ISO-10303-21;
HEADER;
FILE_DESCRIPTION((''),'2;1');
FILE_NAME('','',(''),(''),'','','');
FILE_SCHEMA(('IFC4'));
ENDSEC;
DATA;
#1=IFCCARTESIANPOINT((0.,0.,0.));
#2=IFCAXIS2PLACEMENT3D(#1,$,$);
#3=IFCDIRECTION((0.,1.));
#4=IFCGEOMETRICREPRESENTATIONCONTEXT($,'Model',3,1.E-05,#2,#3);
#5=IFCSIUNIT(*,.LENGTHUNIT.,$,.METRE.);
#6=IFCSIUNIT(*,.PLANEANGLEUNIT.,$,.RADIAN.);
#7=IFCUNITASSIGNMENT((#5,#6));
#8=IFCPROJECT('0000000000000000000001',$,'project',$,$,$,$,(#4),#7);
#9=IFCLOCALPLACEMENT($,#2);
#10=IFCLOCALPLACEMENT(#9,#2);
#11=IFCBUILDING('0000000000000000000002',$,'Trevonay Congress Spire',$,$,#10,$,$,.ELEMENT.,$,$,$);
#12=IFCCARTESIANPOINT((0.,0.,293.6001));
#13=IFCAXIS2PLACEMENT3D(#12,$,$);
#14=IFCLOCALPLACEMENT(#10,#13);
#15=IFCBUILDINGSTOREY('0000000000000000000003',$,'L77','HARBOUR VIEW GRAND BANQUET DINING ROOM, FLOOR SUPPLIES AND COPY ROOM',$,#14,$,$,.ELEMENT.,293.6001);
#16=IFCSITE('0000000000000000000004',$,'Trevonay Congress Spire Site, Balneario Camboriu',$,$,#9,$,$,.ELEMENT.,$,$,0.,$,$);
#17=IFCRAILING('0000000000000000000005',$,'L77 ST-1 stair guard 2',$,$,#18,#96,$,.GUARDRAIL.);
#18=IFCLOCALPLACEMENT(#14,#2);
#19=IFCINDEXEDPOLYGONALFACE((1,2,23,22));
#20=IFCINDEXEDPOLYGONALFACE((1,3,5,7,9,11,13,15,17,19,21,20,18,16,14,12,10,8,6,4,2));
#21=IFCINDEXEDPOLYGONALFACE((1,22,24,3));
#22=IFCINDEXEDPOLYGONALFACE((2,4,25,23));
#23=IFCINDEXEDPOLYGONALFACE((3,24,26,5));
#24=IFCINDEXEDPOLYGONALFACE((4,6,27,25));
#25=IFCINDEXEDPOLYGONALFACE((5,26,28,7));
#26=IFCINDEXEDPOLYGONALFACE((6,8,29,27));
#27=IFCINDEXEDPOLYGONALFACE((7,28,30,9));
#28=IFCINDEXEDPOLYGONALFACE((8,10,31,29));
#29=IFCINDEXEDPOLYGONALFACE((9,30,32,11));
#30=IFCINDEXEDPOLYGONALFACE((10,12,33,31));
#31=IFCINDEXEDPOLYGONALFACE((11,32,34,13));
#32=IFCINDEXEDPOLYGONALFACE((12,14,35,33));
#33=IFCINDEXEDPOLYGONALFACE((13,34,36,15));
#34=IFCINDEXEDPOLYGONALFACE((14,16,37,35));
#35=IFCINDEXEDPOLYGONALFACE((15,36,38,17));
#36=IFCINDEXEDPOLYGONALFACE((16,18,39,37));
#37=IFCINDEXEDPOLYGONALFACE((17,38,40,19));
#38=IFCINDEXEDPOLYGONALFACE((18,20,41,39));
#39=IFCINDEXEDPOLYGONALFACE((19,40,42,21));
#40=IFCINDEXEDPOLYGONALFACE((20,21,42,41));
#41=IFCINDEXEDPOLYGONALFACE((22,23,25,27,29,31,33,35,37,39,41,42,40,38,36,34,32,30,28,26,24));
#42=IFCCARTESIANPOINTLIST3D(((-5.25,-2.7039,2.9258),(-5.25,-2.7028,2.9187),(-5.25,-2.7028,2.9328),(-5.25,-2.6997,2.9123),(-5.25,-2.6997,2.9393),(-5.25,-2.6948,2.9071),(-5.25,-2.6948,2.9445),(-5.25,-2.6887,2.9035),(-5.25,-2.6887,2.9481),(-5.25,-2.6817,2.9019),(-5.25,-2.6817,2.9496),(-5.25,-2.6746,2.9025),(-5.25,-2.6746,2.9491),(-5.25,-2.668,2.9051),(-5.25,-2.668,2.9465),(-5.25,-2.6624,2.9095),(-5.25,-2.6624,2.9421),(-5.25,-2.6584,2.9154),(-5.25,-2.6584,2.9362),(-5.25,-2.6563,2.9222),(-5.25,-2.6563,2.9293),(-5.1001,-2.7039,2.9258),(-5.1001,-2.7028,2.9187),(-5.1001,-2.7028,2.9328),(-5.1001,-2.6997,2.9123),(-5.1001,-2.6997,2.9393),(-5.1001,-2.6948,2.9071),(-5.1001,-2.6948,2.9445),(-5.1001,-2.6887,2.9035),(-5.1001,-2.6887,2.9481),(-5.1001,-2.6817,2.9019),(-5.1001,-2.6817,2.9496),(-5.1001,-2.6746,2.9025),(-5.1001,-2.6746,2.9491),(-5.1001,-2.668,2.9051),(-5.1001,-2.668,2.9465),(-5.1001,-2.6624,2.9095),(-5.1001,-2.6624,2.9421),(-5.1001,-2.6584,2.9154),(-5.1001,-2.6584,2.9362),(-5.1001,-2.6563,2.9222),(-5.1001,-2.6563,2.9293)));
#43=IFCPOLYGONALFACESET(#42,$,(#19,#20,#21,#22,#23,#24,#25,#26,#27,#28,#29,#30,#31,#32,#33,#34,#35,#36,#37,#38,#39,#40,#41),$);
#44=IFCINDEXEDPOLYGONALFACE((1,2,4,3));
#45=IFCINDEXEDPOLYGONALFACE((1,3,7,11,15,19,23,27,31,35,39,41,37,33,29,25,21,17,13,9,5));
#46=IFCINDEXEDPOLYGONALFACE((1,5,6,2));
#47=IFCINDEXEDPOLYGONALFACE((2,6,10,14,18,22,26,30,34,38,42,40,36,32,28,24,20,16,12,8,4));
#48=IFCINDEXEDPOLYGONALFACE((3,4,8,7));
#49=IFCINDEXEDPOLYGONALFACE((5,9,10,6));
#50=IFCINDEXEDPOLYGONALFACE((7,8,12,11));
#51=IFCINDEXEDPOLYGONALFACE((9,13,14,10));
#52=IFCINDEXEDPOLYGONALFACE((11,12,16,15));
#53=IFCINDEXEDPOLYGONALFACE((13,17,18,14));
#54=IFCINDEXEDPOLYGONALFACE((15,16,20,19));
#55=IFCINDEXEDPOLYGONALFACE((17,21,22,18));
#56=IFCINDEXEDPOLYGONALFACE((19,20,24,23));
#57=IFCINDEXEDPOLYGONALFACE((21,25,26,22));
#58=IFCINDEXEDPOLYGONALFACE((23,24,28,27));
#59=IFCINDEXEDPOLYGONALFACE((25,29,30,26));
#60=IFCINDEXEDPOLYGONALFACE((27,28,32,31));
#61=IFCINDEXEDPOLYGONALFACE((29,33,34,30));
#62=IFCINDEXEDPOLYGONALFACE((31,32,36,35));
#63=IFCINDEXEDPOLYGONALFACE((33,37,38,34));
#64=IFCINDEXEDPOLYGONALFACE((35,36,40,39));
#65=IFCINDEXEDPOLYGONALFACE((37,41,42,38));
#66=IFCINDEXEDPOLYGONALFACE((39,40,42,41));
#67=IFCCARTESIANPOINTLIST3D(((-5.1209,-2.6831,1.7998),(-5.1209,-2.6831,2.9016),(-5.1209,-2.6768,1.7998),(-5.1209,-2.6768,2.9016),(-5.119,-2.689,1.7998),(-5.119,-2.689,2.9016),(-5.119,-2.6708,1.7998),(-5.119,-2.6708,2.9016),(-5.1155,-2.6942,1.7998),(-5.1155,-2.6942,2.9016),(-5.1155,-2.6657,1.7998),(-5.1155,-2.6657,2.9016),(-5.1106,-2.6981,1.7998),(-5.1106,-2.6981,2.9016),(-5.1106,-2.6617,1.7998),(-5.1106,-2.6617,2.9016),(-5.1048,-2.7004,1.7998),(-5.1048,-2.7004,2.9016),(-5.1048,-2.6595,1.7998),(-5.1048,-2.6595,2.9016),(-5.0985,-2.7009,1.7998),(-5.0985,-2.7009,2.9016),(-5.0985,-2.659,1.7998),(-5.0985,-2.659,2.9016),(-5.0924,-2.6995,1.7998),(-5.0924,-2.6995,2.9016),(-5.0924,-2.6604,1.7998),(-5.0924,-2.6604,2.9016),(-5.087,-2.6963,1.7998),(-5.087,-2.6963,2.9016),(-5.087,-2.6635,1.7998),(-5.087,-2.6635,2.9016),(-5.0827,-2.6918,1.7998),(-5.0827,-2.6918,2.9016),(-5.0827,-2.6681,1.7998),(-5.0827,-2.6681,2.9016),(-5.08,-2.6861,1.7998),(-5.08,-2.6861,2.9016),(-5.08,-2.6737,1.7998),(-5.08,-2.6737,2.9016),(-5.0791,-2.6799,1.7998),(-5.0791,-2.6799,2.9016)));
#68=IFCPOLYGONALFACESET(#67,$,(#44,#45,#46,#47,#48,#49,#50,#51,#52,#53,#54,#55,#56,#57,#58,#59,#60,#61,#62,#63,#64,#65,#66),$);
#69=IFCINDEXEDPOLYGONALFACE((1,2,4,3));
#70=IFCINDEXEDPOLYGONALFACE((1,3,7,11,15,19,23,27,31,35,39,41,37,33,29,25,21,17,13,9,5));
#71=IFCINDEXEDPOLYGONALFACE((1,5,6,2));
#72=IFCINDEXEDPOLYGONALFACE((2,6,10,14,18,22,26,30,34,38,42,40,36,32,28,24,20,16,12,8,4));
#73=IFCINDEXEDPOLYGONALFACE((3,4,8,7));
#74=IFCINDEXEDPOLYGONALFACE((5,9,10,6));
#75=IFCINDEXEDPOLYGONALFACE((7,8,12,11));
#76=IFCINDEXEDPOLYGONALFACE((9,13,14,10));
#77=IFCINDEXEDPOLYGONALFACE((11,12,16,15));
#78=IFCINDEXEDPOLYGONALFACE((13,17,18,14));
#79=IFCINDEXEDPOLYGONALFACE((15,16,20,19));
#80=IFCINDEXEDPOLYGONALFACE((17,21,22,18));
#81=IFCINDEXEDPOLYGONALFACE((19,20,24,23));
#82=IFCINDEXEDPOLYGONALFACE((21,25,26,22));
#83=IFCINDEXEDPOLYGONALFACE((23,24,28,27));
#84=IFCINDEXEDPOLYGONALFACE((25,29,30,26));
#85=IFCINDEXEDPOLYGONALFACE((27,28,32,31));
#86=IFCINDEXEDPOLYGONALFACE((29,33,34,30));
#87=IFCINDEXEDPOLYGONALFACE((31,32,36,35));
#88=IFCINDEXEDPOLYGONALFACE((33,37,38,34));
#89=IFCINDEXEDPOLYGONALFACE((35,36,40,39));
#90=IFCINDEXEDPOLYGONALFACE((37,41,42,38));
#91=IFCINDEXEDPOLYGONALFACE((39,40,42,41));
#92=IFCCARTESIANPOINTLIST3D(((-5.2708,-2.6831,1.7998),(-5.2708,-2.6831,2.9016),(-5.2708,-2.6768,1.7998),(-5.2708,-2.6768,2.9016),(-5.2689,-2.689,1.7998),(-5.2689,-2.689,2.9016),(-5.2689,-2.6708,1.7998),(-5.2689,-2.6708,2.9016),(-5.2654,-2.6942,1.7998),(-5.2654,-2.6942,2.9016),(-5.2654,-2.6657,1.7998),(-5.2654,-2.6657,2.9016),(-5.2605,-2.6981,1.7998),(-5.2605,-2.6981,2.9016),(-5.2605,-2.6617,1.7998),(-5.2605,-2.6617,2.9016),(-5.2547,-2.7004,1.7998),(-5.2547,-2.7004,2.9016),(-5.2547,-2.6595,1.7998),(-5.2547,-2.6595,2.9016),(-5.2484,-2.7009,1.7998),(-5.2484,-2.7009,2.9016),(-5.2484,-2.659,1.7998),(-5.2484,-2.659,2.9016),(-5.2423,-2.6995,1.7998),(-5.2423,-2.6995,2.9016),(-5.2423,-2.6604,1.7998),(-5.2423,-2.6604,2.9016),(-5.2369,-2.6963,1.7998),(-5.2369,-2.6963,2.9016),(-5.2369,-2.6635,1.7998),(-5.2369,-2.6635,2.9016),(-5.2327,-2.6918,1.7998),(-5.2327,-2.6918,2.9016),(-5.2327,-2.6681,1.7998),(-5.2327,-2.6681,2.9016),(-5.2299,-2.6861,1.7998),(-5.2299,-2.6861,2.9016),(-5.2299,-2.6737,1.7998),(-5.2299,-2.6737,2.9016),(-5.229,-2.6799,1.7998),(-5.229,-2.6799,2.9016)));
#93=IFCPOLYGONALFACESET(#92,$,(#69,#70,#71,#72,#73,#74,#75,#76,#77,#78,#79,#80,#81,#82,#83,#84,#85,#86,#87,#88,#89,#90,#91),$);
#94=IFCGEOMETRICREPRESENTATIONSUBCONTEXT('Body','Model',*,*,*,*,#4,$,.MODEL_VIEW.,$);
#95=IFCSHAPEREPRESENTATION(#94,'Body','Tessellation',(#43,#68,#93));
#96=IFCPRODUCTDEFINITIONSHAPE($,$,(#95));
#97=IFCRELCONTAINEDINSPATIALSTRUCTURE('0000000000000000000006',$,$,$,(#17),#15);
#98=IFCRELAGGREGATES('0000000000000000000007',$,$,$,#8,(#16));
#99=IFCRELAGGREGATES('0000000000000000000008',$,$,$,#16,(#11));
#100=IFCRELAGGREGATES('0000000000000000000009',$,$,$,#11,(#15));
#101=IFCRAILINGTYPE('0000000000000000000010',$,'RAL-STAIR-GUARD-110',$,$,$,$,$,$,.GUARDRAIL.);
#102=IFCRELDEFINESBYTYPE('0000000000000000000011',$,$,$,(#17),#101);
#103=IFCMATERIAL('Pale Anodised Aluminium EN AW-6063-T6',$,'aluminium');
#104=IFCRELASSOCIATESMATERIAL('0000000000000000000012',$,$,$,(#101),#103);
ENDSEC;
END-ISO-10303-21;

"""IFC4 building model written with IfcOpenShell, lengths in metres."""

from ifc_helpers import new_model, si_unit, direction, frame, origin, origin_2d, place, context, subcontext, project, spatial, circle, extrude, material, type_object, element, save


model = new_model("IFC4")

# Units and contexts
model_context = context("Model", 3, precision=1e-05, world=origin(), true_north=direction((0.0, 1.0)))
body_context = subcontext(model_context, "Body", "Model", "MODEL_VIEW")
ifc_project = project(units=[si_unit("LENGTHUNIT", "METRE"), si_unit("PLANEANGLEUNIT", "RADIAN")], contexts=[model_context])

# Site, building, storey
site_placement = place(None, origin())
site = spatial("IfcSite", under=ifc_project, at=site_placement, Name="Trevonay Congress Spire Site, Balneario Camboriu", CompositionType="ELEMENT", RefElevation=0.0)
building_placement = place(site_placement, origin())
building = spatial("IfcBuilding", under=site, at=building_placement, Name="Trevonay Congress Spire", CompositionType="ELEMENT")
storey_placement = place(building_placement, frame((0.0, 0.0, 293.6001)))
storey = spatial("IfcBuildingStorey", under=building, at=storey_placement, Name="L77", Description="HARBOUR VIEW GRAND BANQUET DINING ROOM, FLOOR SUPPLIES AND COPY ROOM", CompositionType="ELEMENT", Elevation=293.6001)

# Railing
ifc_material_1 = material(Name="Pale Anodised Aluminium EN AW-6063-T6", Category="aluminium")
railing_type_1 = type_object("IfcRailingType", Name="RAL-STAIR-GUARD-110", PredefinedType="GUARDRAIL", material=ifc_material_1)
railing_1_placement = place(storey_placement, frame((-5.1001, -2.6799, 1.7998)))
element("IfcRailing", 1, at=railing_1_placement, inside=storey, type_object=railing_type_1, Name="L77 ST-1 stair guard 2", PredefinedType="GUARDRAIL", context=body_context, shape_type="SweptSolid", body=[
    extrude(circle(Radius=0.0239, at=origin_2d()), frame((0.0, 0.0, 1.126), z_axis=(-1.0, 0.0, 0.0), x_axis=(0.0, -1.0, 0.0)), (0.0, 0.0, 1.0), 0.1499),
    extrude(circle(Radius=0.021, at=origin_2d()), origin(), (0.0, 0.0, 1.0), 1.1018),
    extrude(circle(Radius=0.021, at=origin_2d()), frame((-0.1499, 0.0, 0.0)), (0.0, 0.0, 1.0), 1.1018),
])

save(model, "model.ifc")
